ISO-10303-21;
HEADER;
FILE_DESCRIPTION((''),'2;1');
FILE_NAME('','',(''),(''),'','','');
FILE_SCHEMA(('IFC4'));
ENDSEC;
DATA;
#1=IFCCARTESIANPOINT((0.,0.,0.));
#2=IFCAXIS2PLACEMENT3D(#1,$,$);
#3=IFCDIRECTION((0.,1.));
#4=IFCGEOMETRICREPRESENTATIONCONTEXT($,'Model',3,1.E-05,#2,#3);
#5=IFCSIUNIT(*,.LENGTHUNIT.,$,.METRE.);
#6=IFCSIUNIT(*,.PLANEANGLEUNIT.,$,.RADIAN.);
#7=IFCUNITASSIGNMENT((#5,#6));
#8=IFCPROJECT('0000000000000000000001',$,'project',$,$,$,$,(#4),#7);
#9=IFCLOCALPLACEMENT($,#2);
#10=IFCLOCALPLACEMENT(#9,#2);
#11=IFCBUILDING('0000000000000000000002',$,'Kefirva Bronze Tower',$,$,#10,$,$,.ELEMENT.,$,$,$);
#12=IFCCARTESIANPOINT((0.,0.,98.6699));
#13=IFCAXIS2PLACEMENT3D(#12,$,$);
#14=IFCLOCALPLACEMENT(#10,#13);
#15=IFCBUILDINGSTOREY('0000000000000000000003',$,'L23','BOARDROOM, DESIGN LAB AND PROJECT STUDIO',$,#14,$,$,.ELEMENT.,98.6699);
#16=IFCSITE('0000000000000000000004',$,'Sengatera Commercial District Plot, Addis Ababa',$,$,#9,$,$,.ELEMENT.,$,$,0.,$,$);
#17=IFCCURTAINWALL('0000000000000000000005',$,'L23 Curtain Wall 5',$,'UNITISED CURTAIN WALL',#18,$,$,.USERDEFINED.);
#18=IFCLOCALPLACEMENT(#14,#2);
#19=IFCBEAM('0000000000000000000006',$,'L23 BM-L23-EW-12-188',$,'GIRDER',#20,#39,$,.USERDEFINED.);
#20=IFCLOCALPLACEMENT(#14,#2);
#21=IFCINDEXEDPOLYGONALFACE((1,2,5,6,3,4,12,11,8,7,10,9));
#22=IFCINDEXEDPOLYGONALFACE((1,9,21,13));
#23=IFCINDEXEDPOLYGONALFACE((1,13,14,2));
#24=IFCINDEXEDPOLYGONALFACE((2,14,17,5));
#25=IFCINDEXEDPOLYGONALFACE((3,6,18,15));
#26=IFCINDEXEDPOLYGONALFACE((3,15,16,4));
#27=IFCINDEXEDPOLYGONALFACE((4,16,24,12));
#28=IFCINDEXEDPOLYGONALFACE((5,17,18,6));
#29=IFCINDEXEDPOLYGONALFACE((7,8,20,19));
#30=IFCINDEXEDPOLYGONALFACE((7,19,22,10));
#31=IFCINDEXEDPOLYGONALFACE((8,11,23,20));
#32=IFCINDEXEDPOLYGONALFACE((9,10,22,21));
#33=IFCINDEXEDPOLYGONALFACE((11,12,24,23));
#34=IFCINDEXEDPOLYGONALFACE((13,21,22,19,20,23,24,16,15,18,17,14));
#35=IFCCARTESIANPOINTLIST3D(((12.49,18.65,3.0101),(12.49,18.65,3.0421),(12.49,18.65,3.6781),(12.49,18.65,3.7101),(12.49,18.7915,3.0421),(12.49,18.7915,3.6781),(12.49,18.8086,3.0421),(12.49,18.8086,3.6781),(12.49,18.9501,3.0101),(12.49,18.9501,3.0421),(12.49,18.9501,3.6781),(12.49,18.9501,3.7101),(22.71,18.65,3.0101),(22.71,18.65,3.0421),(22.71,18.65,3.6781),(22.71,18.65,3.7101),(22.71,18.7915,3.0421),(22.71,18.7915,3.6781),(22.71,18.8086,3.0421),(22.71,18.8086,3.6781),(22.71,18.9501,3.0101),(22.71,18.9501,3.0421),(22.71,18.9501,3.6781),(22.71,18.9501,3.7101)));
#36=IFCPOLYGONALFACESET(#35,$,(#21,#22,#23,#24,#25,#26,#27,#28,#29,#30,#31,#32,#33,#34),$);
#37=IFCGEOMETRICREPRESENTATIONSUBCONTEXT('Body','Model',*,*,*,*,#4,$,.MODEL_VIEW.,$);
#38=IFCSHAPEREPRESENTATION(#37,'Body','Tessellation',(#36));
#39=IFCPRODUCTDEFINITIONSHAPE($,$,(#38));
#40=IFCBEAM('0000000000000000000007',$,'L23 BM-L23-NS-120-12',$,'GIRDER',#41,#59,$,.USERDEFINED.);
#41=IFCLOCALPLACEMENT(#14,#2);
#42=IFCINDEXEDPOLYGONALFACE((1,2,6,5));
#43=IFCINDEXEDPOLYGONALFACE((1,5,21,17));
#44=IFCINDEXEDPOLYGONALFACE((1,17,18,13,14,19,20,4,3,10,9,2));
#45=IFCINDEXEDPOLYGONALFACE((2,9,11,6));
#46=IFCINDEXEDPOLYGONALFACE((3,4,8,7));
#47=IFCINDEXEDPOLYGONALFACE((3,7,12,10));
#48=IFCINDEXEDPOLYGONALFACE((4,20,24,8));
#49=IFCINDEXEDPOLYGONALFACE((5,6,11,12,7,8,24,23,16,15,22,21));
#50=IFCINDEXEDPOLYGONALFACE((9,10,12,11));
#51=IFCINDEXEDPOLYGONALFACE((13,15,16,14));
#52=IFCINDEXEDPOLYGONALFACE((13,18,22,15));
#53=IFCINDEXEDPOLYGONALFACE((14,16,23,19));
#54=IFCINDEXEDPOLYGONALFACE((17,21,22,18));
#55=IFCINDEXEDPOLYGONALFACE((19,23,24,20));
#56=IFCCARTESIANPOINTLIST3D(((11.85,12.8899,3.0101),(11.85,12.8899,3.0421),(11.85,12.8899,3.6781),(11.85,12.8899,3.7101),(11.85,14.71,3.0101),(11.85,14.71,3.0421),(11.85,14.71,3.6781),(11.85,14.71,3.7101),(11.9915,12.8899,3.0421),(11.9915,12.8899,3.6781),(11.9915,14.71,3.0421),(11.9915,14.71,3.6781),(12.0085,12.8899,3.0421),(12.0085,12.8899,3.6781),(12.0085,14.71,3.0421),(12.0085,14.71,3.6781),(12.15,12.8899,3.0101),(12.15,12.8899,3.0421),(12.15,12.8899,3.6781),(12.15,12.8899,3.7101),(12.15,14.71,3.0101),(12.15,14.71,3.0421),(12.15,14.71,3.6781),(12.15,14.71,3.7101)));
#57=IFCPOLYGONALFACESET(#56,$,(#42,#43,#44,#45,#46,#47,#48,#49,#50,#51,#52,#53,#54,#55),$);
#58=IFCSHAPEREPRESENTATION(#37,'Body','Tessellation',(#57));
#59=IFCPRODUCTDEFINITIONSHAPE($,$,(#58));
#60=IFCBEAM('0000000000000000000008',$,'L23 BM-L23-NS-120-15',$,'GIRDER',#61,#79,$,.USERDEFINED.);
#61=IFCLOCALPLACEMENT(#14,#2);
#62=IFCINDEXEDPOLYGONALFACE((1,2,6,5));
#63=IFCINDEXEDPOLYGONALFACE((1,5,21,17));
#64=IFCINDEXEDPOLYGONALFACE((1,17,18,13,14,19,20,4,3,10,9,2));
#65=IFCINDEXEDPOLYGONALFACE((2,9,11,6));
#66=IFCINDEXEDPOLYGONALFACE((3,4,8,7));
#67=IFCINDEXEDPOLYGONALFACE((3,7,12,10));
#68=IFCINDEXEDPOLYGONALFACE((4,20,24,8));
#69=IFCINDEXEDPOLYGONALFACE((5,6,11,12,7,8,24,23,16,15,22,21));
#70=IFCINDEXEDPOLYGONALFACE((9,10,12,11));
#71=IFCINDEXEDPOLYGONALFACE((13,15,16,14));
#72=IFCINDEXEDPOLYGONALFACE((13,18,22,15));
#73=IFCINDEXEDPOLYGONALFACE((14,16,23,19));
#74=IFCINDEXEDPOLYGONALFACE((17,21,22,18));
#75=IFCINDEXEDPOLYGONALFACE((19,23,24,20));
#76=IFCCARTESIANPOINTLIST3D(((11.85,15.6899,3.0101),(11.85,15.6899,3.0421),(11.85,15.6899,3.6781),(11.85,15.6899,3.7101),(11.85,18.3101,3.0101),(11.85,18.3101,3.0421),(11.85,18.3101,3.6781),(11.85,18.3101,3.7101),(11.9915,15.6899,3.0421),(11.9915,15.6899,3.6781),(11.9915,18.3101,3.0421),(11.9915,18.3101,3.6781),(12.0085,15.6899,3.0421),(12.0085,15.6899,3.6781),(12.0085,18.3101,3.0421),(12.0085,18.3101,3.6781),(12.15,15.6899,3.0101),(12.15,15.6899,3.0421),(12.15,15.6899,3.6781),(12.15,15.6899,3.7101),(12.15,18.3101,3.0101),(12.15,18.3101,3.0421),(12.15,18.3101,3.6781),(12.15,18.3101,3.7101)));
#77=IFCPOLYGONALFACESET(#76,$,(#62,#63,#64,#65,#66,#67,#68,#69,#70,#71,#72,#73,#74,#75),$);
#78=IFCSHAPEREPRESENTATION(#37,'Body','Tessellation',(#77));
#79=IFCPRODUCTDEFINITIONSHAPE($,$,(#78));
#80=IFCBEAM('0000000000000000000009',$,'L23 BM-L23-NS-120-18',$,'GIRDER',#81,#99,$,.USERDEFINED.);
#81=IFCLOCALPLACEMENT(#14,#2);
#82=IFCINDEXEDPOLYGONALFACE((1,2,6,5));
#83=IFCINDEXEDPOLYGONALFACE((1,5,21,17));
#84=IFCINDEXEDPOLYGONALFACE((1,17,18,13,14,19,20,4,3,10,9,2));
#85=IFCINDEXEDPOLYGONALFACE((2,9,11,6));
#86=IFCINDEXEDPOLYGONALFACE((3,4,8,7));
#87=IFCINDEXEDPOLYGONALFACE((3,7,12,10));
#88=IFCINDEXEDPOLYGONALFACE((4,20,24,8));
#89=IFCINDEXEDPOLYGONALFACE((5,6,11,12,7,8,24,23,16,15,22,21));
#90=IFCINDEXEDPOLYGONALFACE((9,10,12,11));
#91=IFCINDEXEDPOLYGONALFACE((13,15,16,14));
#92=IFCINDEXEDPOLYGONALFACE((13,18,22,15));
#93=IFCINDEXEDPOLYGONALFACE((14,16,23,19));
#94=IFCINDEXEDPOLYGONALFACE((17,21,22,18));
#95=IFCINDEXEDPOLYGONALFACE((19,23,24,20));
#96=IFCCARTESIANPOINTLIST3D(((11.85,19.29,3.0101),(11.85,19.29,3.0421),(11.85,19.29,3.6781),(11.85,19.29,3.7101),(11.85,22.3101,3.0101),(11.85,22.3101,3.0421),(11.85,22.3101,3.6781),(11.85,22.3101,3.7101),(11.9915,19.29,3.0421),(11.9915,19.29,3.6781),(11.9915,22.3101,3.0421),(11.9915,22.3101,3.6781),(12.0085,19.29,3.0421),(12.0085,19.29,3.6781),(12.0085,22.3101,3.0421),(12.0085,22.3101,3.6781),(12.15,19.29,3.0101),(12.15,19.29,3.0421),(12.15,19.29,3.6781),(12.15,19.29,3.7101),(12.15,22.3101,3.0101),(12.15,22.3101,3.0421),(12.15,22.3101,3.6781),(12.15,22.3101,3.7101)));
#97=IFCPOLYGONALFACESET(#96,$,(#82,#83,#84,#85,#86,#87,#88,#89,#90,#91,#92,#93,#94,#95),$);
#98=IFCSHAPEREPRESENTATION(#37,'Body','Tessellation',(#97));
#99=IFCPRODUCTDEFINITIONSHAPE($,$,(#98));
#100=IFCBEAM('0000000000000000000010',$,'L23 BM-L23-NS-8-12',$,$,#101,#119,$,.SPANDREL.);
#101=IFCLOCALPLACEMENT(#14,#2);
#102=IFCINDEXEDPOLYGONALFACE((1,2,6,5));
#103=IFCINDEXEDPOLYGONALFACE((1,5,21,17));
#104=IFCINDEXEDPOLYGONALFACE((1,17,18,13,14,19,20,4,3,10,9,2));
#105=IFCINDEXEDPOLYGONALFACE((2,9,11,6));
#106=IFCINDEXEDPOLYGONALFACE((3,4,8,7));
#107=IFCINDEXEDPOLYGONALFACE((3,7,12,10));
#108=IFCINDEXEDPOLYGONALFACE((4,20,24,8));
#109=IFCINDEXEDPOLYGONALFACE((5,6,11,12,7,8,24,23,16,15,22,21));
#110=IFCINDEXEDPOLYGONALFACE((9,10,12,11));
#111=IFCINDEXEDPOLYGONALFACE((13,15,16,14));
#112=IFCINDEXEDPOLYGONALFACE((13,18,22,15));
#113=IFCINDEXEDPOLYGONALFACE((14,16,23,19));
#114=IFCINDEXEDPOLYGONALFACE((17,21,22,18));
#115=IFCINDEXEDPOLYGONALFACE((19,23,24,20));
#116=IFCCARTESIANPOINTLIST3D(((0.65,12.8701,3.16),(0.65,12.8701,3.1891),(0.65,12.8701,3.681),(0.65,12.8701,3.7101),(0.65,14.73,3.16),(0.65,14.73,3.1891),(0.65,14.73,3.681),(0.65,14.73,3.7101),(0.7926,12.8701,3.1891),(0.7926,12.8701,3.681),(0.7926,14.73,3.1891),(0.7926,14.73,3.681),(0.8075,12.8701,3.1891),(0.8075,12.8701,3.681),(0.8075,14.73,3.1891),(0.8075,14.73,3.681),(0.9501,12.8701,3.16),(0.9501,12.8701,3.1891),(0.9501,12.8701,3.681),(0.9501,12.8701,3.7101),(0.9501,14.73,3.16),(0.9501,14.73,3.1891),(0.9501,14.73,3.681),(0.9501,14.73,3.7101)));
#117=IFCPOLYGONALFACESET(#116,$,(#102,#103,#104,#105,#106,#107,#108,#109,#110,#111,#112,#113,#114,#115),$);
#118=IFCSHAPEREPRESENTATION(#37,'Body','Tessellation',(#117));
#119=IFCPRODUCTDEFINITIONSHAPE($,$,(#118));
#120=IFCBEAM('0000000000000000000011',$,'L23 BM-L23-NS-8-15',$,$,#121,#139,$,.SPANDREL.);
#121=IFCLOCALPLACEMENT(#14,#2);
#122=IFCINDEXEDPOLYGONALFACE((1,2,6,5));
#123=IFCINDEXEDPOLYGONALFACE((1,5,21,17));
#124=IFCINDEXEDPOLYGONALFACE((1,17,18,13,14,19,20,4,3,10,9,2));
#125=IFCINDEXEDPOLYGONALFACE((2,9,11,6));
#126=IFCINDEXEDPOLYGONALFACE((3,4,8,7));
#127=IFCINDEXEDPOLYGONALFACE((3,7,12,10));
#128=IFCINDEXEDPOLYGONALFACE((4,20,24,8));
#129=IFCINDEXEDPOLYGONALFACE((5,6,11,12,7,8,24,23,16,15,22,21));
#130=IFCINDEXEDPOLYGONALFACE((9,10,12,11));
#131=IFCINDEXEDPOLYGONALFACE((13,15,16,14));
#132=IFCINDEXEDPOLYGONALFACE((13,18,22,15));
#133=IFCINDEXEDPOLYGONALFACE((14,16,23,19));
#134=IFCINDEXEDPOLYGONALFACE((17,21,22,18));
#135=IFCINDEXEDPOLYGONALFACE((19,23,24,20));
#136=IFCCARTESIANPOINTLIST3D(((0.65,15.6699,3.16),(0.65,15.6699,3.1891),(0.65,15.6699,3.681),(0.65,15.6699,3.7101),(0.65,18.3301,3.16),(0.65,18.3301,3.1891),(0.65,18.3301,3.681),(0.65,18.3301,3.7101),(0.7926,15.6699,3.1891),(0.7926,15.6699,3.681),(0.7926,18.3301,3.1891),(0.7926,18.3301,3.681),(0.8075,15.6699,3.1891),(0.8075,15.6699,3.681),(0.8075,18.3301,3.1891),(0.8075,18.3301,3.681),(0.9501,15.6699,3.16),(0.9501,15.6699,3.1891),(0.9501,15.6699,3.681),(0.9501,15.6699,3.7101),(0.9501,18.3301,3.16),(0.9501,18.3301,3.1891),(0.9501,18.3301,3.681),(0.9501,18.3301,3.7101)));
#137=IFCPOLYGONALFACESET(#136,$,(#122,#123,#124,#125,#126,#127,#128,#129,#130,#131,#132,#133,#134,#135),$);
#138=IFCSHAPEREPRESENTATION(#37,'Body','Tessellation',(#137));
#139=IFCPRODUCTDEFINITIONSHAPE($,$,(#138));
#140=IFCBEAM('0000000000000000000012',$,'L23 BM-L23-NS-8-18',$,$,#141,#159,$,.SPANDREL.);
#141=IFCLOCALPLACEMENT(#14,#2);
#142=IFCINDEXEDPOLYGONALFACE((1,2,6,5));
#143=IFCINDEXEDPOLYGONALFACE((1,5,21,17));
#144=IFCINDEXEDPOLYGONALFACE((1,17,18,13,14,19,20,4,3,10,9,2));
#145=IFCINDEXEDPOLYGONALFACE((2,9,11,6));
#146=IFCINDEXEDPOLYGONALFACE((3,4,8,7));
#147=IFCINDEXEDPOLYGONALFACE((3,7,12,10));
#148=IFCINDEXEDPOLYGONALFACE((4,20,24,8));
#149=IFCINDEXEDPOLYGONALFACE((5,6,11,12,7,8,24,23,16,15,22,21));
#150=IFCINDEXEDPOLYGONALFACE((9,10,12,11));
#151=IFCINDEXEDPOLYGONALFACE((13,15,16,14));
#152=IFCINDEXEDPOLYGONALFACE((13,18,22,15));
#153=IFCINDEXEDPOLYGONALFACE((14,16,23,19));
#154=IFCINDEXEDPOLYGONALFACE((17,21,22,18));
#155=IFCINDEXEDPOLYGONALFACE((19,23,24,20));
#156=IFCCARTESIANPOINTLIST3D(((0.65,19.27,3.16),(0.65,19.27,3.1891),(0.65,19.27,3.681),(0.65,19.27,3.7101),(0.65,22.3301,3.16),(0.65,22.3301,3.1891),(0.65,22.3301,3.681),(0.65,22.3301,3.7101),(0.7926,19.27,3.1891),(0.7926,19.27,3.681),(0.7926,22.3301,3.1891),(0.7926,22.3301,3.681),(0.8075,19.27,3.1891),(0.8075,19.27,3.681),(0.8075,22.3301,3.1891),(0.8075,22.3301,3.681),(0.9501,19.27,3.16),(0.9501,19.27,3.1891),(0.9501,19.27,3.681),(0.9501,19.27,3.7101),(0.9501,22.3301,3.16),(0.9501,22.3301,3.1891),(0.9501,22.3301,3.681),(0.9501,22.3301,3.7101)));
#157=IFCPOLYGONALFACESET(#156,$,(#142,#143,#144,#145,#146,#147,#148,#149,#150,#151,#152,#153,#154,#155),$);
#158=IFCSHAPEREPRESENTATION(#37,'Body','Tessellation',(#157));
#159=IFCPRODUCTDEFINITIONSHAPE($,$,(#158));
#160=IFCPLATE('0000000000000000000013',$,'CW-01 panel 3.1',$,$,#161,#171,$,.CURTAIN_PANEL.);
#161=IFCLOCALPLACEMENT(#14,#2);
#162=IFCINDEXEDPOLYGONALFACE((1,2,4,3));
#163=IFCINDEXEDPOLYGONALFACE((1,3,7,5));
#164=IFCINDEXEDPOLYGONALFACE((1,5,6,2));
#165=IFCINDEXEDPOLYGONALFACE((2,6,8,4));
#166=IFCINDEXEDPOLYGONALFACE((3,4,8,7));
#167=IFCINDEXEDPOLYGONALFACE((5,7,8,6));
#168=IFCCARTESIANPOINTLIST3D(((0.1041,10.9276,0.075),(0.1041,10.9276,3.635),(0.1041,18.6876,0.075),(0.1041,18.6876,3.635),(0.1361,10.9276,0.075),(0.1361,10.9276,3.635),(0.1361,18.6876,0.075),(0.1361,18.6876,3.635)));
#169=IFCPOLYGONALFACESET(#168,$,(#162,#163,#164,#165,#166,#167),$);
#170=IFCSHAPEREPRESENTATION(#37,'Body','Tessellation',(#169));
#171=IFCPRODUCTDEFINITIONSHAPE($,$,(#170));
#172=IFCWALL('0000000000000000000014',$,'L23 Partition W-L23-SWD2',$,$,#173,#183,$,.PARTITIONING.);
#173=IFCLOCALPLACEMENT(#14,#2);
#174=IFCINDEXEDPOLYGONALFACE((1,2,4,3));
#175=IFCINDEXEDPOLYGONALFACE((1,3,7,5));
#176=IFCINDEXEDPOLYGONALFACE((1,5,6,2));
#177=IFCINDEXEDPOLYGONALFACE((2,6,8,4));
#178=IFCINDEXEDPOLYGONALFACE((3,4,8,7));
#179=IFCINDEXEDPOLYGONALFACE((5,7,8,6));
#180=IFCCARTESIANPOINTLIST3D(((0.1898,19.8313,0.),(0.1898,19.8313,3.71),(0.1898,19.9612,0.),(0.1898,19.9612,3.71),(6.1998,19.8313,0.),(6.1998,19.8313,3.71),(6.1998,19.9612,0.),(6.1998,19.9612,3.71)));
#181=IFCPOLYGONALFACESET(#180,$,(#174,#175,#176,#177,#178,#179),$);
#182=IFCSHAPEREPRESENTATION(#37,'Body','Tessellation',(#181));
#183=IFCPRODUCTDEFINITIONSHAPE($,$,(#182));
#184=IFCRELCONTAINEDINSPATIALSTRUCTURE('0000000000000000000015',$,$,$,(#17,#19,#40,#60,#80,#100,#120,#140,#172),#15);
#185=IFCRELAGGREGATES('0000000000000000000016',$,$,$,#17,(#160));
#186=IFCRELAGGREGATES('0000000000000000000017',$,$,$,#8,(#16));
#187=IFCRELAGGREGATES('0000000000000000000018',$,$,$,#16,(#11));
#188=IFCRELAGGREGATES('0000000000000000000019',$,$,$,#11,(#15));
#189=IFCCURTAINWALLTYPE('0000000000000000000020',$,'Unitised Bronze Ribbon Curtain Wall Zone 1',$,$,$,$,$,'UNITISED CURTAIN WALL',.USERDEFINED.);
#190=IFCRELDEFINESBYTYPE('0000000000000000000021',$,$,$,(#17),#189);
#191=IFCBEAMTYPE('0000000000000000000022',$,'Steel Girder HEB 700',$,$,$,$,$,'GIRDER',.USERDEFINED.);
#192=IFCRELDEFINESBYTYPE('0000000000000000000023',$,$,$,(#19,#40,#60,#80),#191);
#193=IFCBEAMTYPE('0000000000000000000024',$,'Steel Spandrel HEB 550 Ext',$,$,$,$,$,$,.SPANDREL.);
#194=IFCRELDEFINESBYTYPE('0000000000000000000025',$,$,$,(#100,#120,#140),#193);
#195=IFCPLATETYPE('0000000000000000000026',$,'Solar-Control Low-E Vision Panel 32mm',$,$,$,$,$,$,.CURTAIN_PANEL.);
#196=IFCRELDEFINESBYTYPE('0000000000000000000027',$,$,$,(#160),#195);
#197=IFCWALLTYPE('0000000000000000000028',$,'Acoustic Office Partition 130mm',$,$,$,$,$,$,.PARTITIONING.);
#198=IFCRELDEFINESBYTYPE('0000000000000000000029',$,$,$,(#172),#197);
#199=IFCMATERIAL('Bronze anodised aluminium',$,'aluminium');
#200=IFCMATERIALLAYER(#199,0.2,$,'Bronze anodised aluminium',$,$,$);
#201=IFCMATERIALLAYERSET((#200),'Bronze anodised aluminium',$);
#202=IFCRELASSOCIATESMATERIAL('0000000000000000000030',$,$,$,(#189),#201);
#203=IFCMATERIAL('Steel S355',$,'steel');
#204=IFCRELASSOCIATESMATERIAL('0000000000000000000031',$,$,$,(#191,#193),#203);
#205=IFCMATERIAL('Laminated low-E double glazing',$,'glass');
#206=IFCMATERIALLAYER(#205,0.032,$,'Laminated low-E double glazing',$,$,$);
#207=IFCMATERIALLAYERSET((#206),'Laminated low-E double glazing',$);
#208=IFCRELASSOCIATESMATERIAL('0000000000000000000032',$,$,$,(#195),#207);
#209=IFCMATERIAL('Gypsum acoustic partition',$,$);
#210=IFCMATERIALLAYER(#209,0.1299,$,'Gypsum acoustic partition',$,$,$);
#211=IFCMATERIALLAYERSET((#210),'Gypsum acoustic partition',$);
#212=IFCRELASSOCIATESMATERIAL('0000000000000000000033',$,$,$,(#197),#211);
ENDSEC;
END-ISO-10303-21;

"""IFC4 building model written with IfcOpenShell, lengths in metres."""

from ifc_helpers import new_model, si_unit, direction, frame, frame_2d, origin, origin_2d, place, context, subcontext, project, spatial, rectangle, i_section, extrude, material, layer, layer_set, material_profile, profile_set, type_object, element, aggregate, save


model = new_model("IFC4")

# Units and contexts
model_context = context("Model", 3, precision=1e-05, world=origin(), true_north=direction((0.0, 1.0)))
body_context = subcontext(model_context, "Body", "Model", "MODEL_VIEW")
ifc_project = project(units=[si_unit("LENGTHUNIT", "METRE"), si_unit("PLANEANGLEUNIT", "RADIAN")], contexts=[model_context])

# Site, building, storey
site_placement = place(None, origin())
site = spatial("IfcSite", under=ifc_project, at=site_placement, Name="Sengatera Commercial District Plot, Addis Ababa", CompositionType="ELEMENT", RefElevation=0.0)
building_placement = place(site_placement, origin())
building = spatial("IfcBuilding", under=site, at=building_placement, Name="Kefirva Bronze Tower", CompositionType="ELEMENT")
storey_placement = place(building_placement, frame((0.0, 0.0, 98.6699)))
storey = spatial("IfcBuildingStorey", under=building, at=storey_placement, Name="L23", Description="BOARDROOM, DESIGN LAB AND PROJECT STUDIO", CompositionType="ELEMENT", Elevation=98.6699)

# Curtain wall
ifc_material_1 = material(Name="Bronze anodised aluminium", Category="aluminium")
ifc_layer_1 = layer(ifc_material_1, 0.2, Name="Bronze anodised aluminium")
ifc_layer_set_1 = layer_set([ifc_layer_1], Name="Bronze anodised aluminium")
curtain_wall_type = type_object("IfcCurtainWallType", Name="Unitised Bronze Ribbon Curtain Wall Zone 1", ElementType="UNITISED CURTAIN WALL", PredefinedType="USERDEFINED", material=ifc_layer_set_1)
curtain_wall_placement = place(storey_placement, origin())
curtain_wall = element("IfcCurtainWall", 1, at=curtain_wall_placement, inside=storey, type_object=curtain_wall_type, Name="L23 Curtain Wall 5", ObjectType="UNITISED CURTAIN WALL", PredefinedType="USERDEFINED")

# Beams
ifc_material_2 = material(Name="Steel S355", Category="steel")
ifc_material_profile_1 = material_profile(ifc_material_2, i_section(OverallWidth=0.3, OverallDepth=0.7, WebThickness=0.0171, FlangeThickness=0.032, at=origin_2d()), Name="HEB 700")
ifc_profile_set_1 = profile_set([ifc_material_profile_1], Name="Steel S355")
beam_type_1 = type_object("IfcBeamType", Name="Steel Girder HEB 700", ElementType="GIRDER", PredefinedType="USERDEFINED", material=ifc_profile_set_1)
beam_1_placement = place(storey_placement, frame((12.49, 18.8, 3.3601), z_axis=(1.0, 0.0, 0.0), x_axis=(0.0, 1.0, 0.0)))
element("IfcBeam", 2, at=beam_1_placement, inside=storey, type_object=beam_type_1, Name="L23 BM-L23-EW-12-188", ObjectType="GIRDER", PredefinedType="USERDEFINED", context=body_context, shape_type="SweptSolid", body=[
    extrude(i_section(OverallWidth=0.3, OverallDepth=0.7, WebThickness=0.0171, FlangeThickness=0.032, at=origin_2d()), origin(), (0.0, 0.0, 1.0), 10.22),
])
beam_2_placement = place(storey_placement, frame((12.0, 12.8899, 3.3601), z_axis=(0.0, 1.0, 0.0), x_axis=(-1.0, 0.0, 0.0)))
element("IfcBeam", 3, at=beam_2_placement, inside=storey, type_object=beam_type_1, Name="L23 BM-L23-NS-120-12", ObjectType="GIRDER", PredefinedType="USERDEFINED", context=body_context, shape_type="SweptSolid", body=[
    extrude(i_section(OverallWidth=0.3, OverallDepth=0.7, WebThickness=0.0171, FlangeThickness=0.032, at=origin_2d()), origin(), (0.0, 0.0, 1.0), 1.8201),
])
beam_3_placement = place(storey_placement, frame((12.0, 15.6899, 3.3601), z_axis=(0.0, 1.0, 0.0), x_axis=(-1.0, 0.0, 0.0)))
element("IfcBeam", 4, at=beam_3_placement, inside=storey, type_object=beam_type_1, Name="L23 BM-L23-NS-120-15", ObjectType="GIRDER", PredefinedType="USERDEFINED", context=body_context, shape_type="SweptSolid", body=[
    extrude(i_section(OverallWidth=0.3, OverallDepth=0.7, WebThickness=0.0171, FlangeThickness=0.032, at=origin_2d()), origin(), (0.0, 0.0, 1.0), 2.6201),
])
beam_4_placement = place(storey_placement, frame((12.0, 19.29, 3.3601), z_axis=(0.0, 1.0, 0.0), x_axis=(-1.0, 0.0, 0.0)))
element("IfcBeam", 5, at=beam_4_placement, inside=storey, type_object=beam_type_1, Name="L23 BM-L23-NS-120-18", ObjectType="GIRDER", PredefinedType="USERDEFINED", context=body_context, shape_type="SweptSolid", body=[
    extrude(i_section(OverallWidth=0.3, OverallDepth=0.7, WebThickness=0.0171, FlangeThickness=0.032, at=origin_2d()), origin(), (0.0, 0.0, 1.0), 3.02),
])
ifc_material_profile_2 = material_profile(ifc_material_2, i_section(OverallWidth=0.3, OverallDepth=0.55, WebThickness=0.0149, FlangeThickness=0.0291, at=origin_2d()), Name="HEB 550")
ifc_profile_set_2 = profile_set([ifc_material_profile_2], Name="Steel S355")
beam_type_2 = type_object("IfcBeamType", Name="Steel Spandrel HEB 550 Ext", PredefinedType="SPANDREL", material=ifc_profile_set_2)
beam_5_placement = place(storey_placement, frame((0.8, 12.8701, 3.4351), z_axis=(0.0, 1.0, 0.0), x_axis=(-1.0, 0.0, 0.0)))
element("IfcBeam", 6, at=beam_5_placement, inside=storey, type_object=beam_type_2, Name="L23 BM-L23-NS-8-12", PredefinedType="SPANDREL", context=body_context, shape_type="SweptSolid", body=[
    extrude(i_section(OverallWidth=0.3, OverallDepth=0.55, WebThickness=0.0149, FlangeThickness=0.0291, at=origin_2d()), origin(), (0.0, 0.0, 1.0), 1.8599),
])
beam_6_placement = place(storey_placement, frame((0.8, 15.6699, 3.4351), z_axis=(0.0, 1.0, 0.0), x_axis=(-1.0, 0.0, 0.0)))
element("IfcBeam", 7, at=beam_6_placement, inside=storey, type_object=beam_type_2, Name="L23 BM-L23-NS-8-15", PredefinedType="SPANDREL", context=body_context, shape_type="SweptSolid", body=[
    extrude(i_section(OverallWidth=0.3, OverallDepth=0.55, WebThickness=0.0149, FlangeThickness=0.0291, at=origin_2d()), origin(), (0.0, 0.0, 1.0), 2.6602),
])
beam_7_placement = place(storey_placement, frame((0.8, 19.27, 3.4351), z_axis=(0.0, 1.0, 0.0), x_axis=(-1.0, 0.0, 0.0)))
element("IfcBeam", 8, at=beam_7_placement, inside=storey, type_object=beam_type_2, Name="L23 BM-L23-NS-8-18", PredefinedType="SPANDREL", context=body_context, shape_type="SweptSolid", body=[
    extrude(i_section(OverallWidth=0.3, OverallDepth=0.55, WebThickness=0.0149, FlangeThickness=0.0291, at=origin_2d()), origin(), (0.0, 0.0, 1.0), 3.0601),
])

# Plate
ifc_material_3 = material(Name="Laminated low-E double glazing", Category="glass")
ifc_layer_2 = layer(ifc_material_3, 0.032, Name="Laminated low-E double glazing")
ifc_layer_set_2 = layer_set([ifc_layer_2], Name="Laminated low-E double glazing")
plate_type = type_object("IfcPlateType", Name="Solar-Control Low-E Vision Panel 32mm", PredefinedType="CURTAIN_PANEL", material=ifc_layer_set_2)
plate_placement = place(storey_placement, frame((0.1201, 14.8076, 0.075), z_axis=(0.0, 0.0, 1.0), x_axis=(0.0, -1.0, 0.0)))
plate = element("IfcPlate", 9, at=plate_placement, type_object=plate_type, Name="CW-01 panel 3.1", PredefinedType="CURTAIN_PANEL", context=body_context, shape_type="SweptSolid", body=[
    extrude(rectangle(XDim=7.76, YDim=0.032, at=origin_2d()), origin(), (0.0, 0.0, 1.0), 3.5601),
])
aggregate(curtain_wall, [plate])

# Wall
ifc_material_4 = material(Name="Gypsum acoustic partition")
ifc_layer_3 = layer(ifc_material_4, 0.1299, Name="Gypsum acoustic partition")
ifc_layer_set_3 = layer_set([ifc_layer_3], Name="Gypsum acoustic partition")
wall_type = type_object("IfcWallType", Name="Acoustic Office Partition 130mm", PredefinedType="PARTITIONING", material=ifc_layer_set_3)
wall_1_placement = place(storey_placement, frame((0.1899, 19.8962, 0.0), z_axis=(0.0, 0.0, 1.0), x_axis=(1.0, 0.0, 0.0)))
element("IfcWall", 10, at=wall_1_placement, inside=storey, type_object=wall_type, Name="L23 Partition W-L23-SWD2", PredefinedType="PARTITIONING", context=body_context, shape_type="SweptSolid", body=[
    extrude(rectangle(XDim=6.01, YDim=0.1299, at=frame_2d((3.0049, 0.0))), origin(), (0.0, 0.0, 1.0), 3.71),
])

save(model, "model.ifc")
